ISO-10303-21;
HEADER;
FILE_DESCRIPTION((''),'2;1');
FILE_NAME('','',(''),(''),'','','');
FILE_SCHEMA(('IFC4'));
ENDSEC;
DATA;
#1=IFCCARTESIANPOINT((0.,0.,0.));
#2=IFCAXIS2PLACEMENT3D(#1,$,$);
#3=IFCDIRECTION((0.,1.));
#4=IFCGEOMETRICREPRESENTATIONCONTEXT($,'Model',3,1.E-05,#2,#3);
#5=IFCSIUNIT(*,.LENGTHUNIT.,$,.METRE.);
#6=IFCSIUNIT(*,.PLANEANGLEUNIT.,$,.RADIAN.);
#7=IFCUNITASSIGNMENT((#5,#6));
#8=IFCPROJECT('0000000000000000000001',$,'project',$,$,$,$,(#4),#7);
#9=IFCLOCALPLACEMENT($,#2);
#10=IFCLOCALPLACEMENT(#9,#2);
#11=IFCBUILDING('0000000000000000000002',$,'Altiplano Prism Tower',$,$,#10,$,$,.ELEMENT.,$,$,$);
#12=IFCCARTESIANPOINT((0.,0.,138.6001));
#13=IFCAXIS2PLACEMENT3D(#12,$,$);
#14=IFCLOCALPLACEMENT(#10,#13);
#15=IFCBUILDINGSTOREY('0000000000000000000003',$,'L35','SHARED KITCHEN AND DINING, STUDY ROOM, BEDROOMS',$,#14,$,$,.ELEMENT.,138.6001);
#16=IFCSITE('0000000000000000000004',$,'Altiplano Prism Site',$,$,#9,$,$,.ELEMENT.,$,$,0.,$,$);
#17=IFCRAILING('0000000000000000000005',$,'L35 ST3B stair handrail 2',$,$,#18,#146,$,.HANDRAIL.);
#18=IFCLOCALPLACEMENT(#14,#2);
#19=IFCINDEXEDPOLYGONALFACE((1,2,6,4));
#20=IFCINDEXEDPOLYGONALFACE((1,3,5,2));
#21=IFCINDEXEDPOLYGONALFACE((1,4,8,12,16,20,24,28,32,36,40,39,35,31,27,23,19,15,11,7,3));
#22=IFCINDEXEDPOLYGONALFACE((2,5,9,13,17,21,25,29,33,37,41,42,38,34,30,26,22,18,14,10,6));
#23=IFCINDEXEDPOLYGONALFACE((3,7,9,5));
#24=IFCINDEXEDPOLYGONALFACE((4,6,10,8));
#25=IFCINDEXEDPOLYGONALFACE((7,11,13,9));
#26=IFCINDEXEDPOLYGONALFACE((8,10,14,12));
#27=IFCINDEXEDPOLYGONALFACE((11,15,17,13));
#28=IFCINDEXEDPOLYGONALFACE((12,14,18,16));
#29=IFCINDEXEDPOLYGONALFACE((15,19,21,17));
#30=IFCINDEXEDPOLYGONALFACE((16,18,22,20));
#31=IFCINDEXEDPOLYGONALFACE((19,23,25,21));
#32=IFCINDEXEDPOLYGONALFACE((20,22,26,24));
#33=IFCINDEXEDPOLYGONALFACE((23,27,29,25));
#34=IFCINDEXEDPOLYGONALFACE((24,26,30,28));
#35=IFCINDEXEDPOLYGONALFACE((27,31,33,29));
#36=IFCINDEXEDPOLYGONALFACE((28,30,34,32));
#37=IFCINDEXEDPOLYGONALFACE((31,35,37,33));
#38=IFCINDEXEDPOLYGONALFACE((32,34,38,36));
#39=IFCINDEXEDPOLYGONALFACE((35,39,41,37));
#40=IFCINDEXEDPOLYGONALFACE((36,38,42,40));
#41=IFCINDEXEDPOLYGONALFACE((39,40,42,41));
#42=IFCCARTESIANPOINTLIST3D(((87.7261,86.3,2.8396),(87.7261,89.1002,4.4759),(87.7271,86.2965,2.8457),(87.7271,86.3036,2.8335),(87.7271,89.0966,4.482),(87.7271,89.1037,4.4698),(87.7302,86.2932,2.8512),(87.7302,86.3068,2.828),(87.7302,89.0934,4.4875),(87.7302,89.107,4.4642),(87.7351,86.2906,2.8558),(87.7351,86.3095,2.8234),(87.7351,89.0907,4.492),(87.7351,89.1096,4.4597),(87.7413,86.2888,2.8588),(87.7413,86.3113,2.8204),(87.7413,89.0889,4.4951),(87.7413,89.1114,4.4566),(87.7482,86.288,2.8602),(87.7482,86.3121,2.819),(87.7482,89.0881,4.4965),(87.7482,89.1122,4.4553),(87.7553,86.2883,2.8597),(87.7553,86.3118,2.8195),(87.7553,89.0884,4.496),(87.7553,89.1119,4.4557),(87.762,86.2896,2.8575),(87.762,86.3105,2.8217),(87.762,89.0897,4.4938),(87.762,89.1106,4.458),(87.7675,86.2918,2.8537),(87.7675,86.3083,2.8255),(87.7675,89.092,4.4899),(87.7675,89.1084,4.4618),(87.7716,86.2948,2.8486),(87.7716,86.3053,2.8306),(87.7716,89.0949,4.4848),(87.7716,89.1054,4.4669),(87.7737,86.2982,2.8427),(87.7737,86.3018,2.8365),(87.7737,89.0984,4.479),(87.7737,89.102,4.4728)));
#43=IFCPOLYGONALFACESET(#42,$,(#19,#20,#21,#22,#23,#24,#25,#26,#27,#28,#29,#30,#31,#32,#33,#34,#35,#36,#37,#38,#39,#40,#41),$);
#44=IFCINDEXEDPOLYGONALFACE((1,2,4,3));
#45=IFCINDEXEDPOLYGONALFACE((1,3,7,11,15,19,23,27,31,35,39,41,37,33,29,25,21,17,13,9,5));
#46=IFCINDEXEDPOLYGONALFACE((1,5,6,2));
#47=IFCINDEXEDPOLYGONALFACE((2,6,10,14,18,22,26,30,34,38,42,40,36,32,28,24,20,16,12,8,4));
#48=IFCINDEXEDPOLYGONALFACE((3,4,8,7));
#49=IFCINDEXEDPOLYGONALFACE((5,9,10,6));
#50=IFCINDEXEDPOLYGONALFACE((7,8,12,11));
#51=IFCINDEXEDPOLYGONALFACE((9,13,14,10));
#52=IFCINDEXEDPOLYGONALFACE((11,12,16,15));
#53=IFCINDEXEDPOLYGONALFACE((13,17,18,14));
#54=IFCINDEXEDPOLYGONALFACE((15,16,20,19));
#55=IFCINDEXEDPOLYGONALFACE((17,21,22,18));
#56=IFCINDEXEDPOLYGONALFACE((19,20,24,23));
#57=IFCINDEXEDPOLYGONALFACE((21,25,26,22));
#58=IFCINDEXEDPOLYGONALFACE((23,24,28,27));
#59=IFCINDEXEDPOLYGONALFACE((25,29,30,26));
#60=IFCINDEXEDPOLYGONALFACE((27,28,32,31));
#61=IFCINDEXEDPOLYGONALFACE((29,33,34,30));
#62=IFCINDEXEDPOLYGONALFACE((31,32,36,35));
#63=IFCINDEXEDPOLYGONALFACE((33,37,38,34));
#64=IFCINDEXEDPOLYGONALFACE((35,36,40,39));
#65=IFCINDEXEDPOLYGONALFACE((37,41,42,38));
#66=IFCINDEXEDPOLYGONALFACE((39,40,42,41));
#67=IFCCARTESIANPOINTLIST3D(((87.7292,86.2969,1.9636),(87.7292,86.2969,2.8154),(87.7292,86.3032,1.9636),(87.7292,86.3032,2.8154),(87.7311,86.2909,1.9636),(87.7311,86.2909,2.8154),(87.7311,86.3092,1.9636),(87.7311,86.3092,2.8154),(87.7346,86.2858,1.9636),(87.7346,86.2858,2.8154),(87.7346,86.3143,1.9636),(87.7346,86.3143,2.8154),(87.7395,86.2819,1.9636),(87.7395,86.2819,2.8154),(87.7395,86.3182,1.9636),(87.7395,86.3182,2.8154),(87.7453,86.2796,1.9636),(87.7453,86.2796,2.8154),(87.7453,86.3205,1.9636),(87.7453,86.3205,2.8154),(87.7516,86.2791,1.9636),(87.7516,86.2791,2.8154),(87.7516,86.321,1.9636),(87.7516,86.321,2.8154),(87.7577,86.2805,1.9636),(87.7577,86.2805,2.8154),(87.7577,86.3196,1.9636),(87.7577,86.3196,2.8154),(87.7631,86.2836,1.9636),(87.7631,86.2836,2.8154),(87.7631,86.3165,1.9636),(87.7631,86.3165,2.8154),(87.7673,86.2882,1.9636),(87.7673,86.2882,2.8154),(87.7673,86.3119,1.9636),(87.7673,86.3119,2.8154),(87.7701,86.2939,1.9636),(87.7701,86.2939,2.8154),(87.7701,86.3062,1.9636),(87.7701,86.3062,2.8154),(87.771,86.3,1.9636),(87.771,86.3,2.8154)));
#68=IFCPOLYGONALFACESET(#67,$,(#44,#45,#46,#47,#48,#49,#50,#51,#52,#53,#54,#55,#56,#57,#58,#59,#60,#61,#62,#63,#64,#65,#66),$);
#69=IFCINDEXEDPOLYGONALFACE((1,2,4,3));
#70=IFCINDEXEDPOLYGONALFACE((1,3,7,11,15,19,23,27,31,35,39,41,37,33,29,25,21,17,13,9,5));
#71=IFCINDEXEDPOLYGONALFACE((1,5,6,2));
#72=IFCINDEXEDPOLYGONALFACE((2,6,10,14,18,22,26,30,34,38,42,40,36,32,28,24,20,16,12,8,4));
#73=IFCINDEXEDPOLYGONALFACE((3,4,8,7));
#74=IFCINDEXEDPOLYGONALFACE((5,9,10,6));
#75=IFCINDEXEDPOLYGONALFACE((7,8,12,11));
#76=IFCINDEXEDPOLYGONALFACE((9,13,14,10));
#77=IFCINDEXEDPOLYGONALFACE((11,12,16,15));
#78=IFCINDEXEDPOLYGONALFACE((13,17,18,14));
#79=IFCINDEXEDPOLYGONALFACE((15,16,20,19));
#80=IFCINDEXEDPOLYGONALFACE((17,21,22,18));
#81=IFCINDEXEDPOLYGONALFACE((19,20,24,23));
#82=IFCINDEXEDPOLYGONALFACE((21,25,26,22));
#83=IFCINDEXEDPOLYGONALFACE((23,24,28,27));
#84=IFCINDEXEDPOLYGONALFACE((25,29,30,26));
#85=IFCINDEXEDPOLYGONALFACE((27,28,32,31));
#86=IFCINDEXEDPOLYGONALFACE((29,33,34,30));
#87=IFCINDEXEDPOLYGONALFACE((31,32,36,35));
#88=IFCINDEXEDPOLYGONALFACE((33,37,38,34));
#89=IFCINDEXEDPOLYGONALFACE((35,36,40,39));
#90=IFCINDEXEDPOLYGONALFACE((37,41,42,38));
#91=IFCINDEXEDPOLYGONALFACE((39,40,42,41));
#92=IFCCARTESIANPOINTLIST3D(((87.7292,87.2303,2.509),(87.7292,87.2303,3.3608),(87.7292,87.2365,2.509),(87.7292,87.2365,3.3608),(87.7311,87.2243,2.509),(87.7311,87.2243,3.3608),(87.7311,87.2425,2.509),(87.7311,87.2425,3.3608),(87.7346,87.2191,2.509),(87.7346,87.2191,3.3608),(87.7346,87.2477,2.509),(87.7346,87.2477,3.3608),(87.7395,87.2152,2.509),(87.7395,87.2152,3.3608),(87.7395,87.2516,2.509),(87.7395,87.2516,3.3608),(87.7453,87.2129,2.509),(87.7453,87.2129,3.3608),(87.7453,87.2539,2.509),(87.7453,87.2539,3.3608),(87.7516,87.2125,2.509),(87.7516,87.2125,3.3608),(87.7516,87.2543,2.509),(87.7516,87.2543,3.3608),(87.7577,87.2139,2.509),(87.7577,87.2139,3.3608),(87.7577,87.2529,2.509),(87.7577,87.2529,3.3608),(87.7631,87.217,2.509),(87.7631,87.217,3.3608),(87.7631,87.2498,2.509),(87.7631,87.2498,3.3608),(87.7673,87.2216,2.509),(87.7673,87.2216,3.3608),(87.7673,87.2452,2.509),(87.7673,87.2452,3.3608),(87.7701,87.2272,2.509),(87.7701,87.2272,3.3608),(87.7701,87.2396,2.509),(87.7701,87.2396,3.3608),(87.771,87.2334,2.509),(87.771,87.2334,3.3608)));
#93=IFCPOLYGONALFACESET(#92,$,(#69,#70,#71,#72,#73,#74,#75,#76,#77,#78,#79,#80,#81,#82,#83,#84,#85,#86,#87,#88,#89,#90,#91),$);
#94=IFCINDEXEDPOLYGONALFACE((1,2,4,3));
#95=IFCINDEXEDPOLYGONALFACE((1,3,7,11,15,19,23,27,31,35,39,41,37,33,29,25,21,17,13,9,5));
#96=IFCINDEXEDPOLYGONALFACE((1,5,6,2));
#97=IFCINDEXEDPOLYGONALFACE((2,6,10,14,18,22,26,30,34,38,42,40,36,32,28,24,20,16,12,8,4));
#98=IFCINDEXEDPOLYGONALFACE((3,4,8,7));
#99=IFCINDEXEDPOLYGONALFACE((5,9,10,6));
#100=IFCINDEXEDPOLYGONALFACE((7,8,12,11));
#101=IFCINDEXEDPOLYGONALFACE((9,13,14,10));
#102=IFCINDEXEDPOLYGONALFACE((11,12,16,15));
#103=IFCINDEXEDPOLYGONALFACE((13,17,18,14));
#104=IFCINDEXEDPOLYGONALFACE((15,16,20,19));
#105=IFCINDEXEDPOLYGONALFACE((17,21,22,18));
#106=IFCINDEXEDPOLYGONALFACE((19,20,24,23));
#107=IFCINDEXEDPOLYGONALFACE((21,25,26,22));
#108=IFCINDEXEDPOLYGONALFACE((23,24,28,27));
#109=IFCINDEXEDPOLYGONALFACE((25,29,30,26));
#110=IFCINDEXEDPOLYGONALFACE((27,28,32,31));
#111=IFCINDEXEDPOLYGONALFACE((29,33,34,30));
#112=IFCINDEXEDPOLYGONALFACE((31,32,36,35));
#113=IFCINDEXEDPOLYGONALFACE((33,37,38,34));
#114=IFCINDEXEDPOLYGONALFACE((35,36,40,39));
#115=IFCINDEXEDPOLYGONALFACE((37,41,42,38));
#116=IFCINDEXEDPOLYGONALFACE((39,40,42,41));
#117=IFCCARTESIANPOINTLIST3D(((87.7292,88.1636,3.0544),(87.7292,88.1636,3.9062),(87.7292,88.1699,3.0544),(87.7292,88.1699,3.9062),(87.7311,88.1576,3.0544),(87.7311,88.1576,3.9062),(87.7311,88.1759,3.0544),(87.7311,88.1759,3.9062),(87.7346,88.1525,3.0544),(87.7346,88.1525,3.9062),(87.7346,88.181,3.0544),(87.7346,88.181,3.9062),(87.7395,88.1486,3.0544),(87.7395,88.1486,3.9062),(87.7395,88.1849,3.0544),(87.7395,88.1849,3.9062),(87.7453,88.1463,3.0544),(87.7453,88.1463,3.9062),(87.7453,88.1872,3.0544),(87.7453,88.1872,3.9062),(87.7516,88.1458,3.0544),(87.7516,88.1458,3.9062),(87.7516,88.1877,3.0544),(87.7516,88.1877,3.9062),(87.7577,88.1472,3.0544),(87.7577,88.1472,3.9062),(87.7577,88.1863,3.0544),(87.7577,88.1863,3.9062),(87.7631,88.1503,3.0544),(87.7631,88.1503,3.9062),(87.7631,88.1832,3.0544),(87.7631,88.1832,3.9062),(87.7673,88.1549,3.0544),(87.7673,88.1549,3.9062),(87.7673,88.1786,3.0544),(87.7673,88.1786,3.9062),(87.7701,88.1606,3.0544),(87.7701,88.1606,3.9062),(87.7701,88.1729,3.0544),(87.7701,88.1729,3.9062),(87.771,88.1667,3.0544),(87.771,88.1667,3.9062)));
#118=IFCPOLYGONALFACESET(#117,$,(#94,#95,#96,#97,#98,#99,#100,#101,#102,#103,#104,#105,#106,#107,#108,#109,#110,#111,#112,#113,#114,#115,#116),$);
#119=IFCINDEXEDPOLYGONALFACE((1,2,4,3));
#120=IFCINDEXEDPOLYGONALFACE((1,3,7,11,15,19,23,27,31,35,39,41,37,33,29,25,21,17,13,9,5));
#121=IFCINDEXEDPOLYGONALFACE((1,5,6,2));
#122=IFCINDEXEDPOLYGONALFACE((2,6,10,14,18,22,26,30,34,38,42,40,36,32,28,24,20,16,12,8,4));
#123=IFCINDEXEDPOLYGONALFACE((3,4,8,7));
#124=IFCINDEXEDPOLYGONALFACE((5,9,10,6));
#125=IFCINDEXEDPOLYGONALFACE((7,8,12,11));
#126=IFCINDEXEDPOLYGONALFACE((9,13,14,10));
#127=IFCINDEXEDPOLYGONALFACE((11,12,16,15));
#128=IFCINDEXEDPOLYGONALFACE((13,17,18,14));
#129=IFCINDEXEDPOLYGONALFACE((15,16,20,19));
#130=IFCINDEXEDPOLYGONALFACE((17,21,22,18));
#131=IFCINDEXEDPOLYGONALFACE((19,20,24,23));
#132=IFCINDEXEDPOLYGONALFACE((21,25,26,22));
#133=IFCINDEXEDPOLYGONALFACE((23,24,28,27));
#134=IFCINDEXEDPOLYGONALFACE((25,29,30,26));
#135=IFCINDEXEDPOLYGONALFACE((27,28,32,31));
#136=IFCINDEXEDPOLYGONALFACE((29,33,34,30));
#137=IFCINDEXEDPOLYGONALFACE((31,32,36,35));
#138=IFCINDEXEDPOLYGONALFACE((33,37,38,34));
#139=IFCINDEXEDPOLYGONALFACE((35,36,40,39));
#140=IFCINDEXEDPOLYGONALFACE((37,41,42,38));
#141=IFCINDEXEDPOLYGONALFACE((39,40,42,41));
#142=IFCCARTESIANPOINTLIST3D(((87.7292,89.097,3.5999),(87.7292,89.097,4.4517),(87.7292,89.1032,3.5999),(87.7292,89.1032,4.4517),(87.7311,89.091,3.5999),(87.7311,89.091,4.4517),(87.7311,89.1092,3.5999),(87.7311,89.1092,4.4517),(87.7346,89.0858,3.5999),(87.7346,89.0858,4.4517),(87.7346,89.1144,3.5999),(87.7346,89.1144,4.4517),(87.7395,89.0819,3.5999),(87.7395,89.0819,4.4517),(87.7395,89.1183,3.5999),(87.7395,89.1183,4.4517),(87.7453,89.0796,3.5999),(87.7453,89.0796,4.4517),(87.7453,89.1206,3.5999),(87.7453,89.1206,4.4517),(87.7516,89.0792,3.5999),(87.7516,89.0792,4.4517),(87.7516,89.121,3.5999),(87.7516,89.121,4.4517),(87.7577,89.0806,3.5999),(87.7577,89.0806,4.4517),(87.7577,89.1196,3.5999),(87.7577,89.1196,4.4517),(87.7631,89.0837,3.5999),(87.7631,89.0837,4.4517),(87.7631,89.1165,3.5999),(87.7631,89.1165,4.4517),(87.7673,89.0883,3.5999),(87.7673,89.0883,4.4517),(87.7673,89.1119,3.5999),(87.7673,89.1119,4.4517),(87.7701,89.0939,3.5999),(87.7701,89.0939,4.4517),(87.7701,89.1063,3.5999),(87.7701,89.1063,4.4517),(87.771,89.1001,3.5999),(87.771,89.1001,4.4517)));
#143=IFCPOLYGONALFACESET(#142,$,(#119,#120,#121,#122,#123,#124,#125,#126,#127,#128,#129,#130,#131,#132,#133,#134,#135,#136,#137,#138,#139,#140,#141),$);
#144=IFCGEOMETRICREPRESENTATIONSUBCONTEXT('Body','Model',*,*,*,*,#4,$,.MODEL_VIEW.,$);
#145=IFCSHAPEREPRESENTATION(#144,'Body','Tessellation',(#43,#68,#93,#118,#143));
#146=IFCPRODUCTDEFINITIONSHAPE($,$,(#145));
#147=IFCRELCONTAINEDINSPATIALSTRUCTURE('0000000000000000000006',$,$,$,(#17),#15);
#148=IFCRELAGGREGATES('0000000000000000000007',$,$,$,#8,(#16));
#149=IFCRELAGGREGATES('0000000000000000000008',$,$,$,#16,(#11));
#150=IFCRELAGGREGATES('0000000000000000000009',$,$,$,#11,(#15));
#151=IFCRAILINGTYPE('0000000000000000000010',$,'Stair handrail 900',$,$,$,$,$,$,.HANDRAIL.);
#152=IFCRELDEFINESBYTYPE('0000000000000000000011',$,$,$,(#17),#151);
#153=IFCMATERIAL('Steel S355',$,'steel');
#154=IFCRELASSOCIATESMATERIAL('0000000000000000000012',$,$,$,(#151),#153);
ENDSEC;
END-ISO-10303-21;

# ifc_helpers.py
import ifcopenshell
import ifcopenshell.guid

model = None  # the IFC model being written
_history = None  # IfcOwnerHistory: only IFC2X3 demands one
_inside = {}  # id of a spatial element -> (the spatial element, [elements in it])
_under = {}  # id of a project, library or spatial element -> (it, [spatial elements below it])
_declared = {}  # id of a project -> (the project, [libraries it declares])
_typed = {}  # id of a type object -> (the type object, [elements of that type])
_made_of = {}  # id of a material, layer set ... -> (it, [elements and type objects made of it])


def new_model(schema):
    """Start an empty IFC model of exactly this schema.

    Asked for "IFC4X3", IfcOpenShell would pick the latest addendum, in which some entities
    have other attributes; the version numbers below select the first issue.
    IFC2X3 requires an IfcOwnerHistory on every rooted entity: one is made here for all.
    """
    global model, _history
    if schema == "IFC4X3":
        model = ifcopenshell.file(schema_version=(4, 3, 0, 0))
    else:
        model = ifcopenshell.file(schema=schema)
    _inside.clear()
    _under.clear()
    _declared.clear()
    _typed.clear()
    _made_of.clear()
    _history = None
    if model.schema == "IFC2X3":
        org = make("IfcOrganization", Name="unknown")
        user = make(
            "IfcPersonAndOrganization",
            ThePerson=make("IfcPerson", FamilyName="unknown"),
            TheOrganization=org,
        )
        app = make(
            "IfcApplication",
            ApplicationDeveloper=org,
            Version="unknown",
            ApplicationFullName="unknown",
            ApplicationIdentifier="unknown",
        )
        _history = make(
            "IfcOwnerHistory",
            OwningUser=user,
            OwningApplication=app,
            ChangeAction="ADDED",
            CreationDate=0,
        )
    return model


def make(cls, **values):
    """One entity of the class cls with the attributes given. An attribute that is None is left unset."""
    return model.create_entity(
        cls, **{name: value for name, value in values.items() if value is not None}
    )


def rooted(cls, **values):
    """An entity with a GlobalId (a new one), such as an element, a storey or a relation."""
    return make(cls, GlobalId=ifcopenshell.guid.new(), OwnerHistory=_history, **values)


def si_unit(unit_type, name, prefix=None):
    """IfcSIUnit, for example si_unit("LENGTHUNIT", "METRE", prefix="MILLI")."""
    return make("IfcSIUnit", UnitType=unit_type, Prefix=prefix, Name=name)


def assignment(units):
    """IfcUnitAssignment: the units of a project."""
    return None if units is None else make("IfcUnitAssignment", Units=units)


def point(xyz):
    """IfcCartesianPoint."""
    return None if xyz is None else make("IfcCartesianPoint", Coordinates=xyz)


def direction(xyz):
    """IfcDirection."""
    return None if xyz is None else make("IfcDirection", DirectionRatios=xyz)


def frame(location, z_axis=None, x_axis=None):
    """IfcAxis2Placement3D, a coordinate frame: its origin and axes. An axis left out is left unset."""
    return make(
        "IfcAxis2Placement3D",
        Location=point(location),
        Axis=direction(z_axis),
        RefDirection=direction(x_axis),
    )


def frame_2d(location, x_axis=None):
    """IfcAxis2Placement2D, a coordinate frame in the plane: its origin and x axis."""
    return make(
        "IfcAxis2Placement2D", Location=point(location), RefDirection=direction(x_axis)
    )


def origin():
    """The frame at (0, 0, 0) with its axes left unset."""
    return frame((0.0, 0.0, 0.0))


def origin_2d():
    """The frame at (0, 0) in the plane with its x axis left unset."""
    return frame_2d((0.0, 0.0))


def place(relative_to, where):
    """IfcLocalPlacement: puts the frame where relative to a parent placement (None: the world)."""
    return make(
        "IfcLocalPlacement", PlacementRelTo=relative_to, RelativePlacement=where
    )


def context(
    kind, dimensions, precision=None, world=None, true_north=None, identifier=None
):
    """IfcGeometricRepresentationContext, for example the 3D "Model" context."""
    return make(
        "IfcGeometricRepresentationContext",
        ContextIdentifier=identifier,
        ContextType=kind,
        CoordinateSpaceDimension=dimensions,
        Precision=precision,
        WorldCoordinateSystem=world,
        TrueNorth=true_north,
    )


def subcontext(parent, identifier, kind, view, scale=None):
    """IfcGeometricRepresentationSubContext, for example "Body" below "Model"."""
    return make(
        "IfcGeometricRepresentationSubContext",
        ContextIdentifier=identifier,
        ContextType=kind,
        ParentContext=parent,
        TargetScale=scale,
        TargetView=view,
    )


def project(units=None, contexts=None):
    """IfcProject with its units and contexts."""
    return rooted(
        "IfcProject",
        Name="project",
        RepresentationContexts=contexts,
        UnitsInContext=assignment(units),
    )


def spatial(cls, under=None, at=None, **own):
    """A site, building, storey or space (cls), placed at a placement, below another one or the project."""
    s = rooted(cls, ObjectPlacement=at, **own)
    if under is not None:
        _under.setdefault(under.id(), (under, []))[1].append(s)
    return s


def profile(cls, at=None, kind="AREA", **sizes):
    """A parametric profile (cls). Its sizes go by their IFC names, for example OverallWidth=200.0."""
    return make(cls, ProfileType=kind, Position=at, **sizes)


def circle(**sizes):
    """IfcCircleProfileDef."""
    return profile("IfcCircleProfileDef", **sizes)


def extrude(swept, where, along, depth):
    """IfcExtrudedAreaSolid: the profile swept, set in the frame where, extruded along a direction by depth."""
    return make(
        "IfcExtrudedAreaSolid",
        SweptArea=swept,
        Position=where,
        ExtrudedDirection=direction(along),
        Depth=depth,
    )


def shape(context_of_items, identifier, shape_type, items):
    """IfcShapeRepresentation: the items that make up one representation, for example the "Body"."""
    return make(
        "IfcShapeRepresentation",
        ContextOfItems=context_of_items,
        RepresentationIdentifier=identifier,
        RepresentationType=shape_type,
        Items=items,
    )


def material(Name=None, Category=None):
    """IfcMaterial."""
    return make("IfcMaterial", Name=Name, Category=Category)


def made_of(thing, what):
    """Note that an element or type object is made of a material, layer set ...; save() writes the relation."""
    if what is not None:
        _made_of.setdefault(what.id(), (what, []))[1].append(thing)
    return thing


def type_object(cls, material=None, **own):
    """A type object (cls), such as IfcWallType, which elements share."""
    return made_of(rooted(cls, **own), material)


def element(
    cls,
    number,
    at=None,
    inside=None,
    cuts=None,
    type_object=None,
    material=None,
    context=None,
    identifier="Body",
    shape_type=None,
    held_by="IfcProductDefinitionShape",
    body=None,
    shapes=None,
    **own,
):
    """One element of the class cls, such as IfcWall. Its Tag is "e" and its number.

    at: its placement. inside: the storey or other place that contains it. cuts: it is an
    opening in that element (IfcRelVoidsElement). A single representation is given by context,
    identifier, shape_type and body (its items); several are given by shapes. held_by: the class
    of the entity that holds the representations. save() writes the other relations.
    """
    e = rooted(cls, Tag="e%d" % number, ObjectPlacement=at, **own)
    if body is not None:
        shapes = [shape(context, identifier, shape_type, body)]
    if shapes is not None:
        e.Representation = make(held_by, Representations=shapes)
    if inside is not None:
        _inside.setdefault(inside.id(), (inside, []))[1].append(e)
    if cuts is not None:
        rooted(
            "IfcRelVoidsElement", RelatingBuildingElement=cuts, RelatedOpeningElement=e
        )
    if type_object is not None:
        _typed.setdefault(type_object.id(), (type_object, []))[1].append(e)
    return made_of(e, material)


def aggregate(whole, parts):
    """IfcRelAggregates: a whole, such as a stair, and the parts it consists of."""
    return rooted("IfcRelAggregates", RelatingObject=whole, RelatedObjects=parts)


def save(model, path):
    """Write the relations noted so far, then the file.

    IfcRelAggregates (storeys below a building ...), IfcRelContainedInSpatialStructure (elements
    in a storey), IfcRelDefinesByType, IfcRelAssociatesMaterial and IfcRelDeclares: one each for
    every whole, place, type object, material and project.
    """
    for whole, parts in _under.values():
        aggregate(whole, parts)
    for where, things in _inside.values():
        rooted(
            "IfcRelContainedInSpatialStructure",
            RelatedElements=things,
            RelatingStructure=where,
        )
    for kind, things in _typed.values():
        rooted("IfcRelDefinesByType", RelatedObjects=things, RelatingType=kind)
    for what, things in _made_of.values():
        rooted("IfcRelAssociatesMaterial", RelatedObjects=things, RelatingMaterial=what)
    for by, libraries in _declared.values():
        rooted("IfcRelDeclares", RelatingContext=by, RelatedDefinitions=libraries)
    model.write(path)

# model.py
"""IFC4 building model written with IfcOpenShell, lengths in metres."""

from ifc_helpers import new_model, si_unit, direction, frame, origin, origin_2d, place, context, subcontext, project, spatial, circle, extrude, material, type_object, element, save


model = new_model("IFC4")

# Units and contexts
model_context = context("Model", 3, precision=1e-05, world=origin(), true_north=direction((0.0, 1.0)))
body_context = subcontext(model_context, "Body", "Model", "MODEL_VIEW")
ifc_project = project(units=[si_unit("LENGTHUNIT", "METRE"), si_unit("PLANEANGLEUNIT", "RADIAN")], contexts=[model_context])

# Site, building, storey
site_placement = place(None, origin())
site = spatial("IfcSite", under=ifc_project, at=site_placement, Name="Altiplano Prism Site", CompositionType="ELEMENT", RefElevation=0.0)
building_placement = place(site_placement, origin())
building = spatial("IfcBuilding", under=site, at=building_placement, Name="Altiplano Prism Tower", CompositionType="ELEMENT")
storey_placement = place(building_placement, frame((0.0, 0.0, 138.6001)))
storey = spatial("IfcBuildingStorey", under=building, at=storey_placement, Name="L35", Description="SHARED KITCHEN AND DINING, STUDY ROOM, BEDROOMS", CompositionType="ELEMENT", Elevation=138.6001)

# Railing
ifc_material_1 = material(Name="Steel S355", Category="steel")
railing_type_1 = type_object("IfcRailingType", Name="Stair handrail 900", PredefinedType="HANDRAIL", material=ifc_material_1)
railing_1_placement = place(storey_placement, frame((87.75, 86.3, 1.9636)))
element("IfcRailing", 1, at=railing_1_placement, inside=storey, type_object=railing_type_1, Name="L35 ST3B stair handrail 2", PredefinedType="HANDRAIL", context=body_context, shape_type="SweptSolid", body=[
    extrude(circle(Radius=0.0239, at=origin_2d()), frame((0.0, 0.0, 0.876), z_axis=(0.0, 0.863394, 0.504531), x_axis=(-1.0, 0.0, 0.0)), (0.0, 0.0, 1.0), 3.2432),
    extrude(circle(Radius=0.021, at=origin_2d()), origin(), (0.0, 0.0, 1.0), 0.8518),
    extrude(circle(Radius=0.021, at=origin_2d()), frame((0.0, 0.9333, 0.5454)), (0.0, 0.0, 1.0), 0.8518),
    extrude(circle(Radius=0.021, at=origin_2d()), frame((0.0, 1.8667, 1.0908)), (0.0, 0.0, 1.0), 0.8518),
    extrude(circle(Radius=0.021, at=origin_2d()), frame((0.0, 2.8, 1.6362)), (0.0, 0.0, 1.0), 0.8518),
])

save(model, "model.ifc")
